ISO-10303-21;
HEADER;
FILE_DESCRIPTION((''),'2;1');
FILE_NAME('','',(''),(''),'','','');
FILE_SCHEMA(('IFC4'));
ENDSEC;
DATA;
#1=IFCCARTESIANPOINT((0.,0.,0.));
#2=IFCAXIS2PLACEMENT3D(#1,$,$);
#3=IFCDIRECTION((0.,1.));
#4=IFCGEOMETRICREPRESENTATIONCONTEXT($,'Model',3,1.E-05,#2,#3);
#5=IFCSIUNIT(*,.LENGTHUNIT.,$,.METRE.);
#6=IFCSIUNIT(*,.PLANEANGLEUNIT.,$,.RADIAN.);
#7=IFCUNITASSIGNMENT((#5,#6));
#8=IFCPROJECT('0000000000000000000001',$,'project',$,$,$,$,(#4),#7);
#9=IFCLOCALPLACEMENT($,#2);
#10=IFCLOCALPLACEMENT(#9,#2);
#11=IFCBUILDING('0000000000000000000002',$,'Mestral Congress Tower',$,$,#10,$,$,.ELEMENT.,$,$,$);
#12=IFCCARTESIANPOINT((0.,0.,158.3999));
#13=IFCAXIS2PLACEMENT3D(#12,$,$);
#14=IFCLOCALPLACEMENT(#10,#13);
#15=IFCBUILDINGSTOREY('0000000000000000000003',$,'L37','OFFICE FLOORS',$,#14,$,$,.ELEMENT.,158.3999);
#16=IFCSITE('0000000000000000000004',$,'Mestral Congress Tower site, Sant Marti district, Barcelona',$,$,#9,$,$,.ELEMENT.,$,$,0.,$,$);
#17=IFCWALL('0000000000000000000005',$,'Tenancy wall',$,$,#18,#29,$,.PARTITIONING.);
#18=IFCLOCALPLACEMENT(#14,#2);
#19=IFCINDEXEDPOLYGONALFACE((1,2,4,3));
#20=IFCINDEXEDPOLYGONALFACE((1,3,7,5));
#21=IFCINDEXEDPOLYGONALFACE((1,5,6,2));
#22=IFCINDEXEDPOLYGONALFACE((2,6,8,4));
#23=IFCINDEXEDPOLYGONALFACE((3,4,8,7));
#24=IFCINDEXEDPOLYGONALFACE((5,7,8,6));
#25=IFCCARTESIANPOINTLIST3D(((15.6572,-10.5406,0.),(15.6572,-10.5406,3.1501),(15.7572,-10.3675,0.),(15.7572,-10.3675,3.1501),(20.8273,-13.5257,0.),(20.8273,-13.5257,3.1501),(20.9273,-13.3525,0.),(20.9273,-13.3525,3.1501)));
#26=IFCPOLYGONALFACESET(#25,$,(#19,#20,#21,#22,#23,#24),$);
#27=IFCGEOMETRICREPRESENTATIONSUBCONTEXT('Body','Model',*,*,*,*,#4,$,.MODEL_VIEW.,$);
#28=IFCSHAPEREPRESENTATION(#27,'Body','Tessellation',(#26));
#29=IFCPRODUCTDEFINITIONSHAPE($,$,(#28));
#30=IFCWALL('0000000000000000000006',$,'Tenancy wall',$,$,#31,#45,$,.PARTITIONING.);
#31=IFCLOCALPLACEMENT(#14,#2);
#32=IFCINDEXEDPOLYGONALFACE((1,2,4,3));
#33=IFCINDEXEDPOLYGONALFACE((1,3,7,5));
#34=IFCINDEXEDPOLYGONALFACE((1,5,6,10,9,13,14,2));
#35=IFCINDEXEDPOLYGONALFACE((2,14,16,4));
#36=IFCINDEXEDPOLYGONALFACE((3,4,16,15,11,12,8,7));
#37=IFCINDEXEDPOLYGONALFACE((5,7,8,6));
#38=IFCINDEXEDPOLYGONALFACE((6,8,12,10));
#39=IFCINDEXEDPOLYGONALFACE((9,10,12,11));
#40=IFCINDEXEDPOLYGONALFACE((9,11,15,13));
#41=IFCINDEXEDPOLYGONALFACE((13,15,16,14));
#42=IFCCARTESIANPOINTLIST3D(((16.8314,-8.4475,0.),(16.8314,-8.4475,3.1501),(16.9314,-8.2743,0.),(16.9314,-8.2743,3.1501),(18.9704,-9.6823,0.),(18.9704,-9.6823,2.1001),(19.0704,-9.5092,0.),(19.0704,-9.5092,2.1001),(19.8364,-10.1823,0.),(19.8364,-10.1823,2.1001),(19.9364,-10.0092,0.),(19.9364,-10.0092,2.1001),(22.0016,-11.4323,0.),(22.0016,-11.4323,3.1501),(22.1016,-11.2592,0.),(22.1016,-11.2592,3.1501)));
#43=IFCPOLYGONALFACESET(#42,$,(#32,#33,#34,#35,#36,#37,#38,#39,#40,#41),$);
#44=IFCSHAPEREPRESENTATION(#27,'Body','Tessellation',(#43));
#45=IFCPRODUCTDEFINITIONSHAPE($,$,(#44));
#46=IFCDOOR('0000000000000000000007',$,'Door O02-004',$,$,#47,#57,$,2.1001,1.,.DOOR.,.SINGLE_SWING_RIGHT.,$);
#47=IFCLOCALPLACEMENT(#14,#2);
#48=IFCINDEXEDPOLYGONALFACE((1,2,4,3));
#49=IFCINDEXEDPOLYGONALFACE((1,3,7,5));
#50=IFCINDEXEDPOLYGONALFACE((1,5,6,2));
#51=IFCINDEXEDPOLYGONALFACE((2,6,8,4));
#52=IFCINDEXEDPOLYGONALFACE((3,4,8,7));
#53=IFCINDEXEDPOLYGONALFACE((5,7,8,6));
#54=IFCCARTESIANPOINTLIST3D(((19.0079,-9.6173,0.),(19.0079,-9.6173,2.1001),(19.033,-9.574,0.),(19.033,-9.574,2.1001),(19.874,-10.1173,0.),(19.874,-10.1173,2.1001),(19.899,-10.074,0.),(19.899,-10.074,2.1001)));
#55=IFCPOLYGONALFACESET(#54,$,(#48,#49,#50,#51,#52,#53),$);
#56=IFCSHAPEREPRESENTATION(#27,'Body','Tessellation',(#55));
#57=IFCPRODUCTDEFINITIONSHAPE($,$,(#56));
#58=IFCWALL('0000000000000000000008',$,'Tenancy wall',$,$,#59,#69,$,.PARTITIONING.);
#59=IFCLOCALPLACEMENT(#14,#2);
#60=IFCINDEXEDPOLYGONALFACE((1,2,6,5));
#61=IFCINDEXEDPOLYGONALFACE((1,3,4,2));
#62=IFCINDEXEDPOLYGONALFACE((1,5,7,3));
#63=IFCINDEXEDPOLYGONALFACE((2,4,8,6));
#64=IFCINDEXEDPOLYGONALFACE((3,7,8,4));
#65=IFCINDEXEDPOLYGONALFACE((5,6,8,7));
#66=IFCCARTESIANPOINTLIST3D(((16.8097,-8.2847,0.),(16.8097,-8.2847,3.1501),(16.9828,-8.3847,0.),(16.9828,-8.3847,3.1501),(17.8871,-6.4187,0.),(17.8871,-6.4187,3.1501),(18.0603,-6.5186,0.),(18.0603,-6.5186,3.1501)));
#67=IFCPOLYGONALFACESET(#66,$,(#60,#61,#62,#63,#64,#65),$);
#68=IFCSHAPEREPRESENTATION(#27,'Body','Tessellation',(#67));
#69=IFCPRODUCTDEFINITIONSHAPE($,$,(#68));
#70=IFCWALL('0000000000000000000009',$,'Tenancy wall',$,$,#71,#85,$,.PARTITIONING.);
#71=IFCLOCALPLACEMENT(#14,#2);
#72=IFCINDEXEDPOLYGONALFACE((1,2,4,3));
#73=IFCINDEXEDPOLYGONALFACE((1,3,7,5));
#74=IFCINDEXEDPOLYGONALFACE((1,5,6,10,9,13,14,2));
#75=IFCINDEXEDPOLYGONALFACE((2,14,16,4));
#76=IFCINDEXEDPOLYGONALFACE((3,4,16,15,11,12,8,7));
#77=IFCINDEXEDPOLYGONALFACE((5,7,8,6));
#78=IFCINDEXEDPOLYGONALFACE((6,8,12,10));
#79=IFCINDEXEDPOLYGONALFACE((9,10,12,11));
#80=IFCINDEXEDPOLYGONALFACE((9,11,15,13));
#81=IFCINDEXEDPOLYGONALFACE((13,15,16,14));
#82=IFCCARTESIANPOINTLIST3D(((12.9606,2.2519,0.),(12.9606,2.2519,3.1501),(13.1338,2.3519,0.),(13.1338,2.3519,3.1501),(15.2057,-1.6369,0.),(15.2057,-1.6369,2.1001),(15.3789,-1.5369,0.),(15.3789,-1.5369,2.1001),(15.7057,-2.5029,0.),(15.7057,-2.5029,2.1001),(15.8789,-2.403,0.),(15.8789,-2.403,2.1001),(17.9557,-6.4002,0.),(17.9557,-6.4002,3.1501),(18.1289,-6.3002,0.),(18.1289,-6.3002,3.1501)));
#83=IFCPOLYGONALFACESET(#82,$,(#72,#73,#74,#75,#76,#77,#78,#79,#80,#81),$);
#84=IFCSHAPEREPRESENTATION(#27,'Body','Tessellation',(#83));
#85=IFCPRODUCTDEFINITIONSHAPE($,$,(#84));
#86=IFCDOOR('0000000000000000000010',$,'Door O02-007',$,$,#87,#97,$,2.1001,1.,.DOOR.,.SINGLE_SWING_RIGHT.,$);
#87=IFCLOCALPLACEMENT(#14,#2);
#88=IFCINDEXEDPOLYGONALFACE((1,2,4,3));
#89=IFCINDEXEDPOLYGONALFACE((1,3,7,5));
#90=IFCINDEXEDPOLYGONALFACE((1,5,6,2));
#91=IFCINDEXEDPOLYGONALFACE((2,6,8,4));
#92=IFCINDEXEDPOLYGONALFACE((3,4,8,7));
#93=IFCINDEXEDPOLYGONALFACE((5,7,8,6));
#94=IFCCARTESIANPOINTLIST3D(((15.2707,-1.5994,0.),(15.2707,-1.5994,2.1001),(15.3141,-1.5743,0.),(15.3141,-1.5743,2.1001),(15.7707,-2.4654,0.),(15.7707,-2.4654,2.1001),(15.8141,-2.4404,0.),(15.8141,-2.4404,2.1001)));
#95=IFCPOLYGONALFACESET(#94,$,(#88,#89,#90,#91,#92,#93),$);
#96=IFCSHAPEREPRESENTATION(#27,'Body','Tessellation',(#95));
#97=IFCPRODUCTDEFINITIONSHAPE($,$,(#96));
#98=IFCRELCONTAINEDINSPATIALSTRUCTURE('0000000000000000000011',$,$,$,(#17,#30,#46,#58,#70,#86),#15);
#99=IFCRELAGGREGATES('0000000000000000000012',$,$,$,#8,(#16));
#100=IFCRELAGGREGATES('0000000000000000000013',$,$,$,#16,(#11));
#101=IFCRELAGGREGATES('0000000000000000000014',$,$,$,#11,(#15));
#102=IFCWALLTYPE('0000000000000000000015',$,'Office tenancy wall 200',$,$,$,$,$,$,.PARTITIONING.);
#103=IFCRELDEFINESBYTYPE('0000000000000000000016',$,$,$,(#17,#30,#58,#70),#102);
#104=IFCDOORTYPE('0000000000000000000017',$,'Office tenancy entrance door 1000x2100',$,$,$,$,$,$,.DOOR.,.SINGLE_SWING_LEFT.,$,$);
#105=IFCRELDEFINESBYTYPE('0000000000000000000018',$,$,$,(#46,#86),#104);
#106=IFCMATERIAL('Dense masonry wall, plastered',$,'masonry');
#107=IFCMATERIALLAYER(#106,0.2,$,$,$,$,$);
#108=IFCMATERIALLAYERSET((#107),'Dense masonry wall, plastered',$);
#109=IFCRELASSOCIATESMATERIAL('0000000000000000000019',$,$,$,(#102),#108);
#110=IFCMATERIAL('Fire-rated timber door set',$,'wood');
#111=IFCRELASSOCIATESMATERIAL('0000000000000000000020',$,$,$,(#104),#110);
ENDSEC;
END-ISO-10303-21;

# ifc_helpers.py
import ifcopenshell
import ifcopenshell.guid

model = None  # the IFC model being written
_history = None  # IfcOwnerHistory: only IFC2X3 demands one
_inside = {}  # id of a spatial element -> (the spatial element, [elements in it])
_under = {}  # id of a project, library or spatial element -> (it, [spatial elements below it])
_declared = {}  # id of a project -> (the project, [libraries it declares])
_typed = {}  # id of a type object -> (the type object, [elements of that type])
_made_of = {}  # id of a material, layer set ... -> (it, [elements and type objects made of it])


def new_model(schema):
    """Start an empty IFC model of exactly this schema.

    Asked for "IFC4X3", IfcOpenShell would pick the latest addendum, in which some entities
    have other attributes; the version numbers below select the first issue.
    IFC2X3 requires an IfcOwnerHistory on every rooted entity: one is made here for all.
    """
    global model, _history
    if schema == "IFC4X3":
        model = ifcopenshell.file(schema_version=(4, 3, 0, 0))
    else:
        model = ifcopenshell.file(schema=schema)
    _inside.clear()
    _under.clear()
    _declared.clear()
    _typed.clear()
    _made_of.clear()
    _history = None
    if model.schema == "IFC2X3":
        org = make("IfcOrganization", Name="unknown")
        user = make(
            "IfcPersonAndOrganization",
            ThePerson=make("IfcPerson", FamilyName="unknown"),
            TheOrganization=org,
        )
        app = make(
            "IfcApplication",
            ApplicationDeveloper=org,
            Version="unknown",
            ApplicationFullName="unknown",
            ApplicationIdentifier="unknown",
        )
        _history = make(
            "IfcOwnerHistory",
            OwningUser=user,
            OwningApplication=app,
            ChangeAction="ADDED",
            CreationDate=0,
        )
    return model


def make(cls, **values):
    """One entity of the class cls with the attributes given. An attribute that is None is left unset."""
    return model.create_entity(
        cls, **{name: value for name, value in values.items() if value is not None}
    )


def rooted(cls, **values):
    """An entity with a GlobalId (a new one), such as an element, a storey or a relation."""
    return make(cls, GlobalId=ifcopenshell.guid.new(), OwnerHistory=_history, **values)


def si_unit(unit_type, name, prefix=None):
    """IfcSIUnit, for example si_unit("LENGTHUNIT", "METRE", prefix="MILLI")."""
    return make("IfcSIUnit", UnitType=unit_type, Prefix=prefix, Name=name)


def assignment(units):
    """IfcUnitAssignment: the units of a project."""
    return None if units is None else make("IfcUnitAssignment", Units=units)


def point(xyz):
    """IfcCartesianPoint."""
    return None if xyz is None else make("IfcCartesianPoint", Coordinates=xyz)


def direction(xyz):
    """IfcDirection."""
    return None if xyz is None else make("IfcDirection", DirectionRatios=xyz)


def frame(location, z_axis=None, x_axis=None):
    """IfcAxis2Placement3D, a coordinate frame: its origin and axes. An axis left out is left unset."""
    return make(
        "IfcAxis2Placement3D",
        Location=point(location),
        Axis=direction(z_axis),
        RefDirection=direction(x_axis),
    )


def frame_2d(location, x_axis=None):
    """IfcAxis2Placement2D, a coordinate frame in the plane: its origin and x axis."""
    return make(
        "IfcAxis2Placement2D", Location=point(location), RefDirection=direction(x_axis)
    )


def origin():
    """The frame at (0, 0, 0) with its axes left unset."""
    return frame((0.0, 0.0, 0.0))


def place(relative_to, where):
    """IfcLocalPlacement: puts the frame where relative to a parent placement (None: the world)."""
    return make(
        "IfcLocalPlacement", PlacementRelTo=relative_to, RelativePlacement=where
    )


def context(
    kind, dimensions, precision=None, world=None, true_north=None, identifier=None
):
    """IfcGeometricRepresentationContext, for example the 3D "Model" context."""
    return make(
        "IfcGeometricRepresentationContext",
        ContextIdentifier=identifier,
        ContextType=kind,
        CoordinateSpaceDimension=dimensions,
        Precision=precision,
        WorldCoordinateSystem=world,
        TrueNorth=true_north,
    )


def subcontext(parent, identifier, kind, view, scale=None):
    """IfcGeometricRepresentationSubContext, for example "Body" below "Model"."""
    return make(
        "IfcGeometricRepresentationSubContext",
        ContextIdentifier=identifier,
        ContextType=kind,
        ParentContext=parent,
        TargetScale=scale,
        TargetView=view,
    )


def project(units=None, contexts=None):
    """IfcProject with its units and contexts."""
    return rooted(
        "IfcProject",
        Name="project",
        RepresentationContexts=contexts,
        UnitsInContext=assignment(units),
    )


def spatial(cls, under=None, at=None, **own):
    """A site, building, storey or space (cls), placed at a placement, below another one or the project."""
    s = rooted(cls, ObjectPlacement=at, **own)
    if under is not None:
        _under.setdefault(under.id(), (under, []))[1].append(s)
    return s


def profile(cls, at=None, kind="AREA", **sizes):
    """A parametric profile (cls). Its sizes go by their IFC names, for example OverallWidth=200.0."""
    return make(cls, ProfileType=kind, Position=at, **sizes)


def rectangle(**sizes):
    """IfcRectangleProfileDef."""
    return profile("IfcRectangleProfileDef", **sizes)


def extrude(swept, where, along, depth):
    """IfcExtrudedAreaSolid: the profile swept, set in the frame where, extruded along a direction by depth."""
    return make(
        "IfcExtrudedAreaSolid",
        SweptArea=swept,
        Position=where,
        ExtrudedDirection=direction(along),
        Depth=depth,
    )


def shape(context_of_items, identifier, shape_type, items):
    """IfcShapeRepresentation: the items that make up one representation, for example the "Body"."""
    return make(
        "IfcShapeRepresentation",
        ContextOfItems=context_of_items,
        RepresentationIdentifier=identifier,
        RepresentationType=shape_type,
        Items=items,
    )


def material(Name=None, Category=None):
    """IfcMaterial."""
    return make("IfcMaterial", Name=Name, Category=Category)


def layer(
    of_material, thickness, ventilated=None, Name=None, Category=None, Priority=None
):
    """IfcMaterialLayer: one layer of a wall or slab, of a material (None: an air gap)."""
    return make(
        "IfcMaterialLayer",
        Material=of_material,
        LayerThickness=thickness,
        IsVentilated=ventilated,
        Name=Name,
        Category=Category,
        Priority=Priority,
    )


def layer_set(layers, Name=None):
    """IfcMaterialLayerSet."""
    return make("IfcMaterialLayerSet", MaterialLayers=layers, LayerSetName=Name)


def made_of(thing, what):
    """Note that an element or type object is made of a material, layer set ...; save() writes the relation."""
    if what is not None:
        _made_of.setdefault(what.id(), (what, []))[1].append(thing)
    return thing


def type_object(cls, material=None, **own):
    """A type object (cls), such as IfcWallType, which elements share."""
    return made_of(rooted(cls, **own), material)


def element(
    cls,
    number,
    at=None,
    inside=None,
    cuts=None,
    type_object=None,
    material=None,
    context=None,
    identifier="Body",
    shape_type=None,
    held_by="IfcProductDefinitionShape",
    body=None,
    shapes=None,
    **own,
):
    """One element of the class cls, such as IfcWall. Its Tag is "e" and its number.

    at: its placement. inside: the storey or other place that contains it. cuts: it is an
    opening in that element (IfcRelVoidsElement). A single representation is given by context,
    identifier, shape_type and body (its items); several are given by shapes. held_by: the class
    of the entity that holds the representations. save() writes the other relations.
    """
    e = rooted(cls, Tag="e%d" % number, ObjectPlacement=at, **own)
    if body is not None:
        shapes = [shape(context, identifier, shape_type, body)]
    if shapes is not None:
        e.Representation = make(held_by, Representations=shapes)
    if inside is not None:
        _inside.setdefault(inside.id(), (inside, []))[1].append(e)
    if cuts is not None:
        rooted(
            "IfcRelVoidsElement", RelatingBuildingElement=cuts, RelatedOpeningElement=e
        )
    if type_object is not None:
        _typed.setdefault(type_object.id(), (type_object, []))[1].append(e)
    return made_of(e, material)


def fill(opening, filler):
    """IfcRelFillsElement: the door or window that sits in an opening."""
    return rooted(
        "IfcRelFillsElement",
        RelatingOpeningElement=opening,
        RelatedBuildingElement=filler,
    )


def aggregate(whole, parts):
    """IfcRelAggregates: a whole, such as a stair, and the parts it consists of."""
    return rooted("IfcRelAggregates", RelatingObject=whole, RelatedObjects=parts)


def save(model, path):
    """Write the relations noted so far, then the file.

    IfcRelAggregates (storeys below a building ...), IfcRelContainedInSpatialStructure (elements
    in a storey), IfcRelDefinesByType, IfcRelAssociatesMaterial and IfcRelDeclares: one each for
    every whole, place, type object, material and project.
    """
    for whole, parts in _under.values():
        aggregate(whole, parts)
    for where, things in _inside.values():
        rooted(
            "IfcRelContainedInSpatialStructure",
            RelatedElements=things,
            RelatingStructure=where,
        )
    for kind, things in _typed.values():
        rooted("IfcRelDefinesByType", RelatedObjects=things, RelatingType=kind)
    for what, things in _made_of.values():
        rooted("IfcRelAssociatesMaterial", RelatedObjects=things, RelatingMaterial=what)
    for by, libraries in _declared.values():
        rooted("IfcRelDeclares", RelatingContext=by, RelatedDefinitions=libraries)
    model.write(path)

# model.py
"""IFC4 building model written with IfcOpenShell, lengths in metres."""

from ifc_helpers import new_model, si_unit, direction, frame, frame_2d, origin, place, context, subcontext, project, spatial, rectangle, extrude, material, layer, layer_set, type_object, element, fill, save


model = new_model("IFC4")

# Units and contexts
model_context = context("Model", 3, precision=1e-05, world=origin(), true_north=direction((0.0, 1.0)))
body_context = subcontext(model_context, "Body", "Model", "MODEL_VIEW")
ifc_project = project(units=[si_unit("LENGTHUNIT", "METRE"), si_unit("PLANEANGLEUNIT", "RADIAN")], contexts=[model_context])

# Site, building, storey
site_placement = place(None, origin())
site = spatial("IfcSite", under=ifc_project, at=site_placement, Name="Mestral Congress Tower site, Sant Marti district, Barcelona", CompositionType="ELEMENT", RefElevation=0.0)
building_placement = place(site_placement, origin())
building = spatial("IfcBuilding", under=site, at=building_placement, Name="Mestral Congress Tower", CompositionType="ELEMENT")
storey_placement = place(building_placement, frame((0.0, 0.0, 158.3999)))
storey = spatial("IfcBuildingStorey", under=building, at=storey_placement, Name="L37", Description="OFFICE FLOORS", CompositionType="ELEMENT", Elevation=158.3999)

# Wall
ifc_material_1 = material(Name="Dense masonry wall, plastered", Category="masonry")
ifc_layer_1 = layer(ifc_material_1, 0.2)
ifc_layer_set_1 = layer_set([ifc_layer_1], Name="Dense masonry wall, plastered")
wall_type_1 = type_object("IfcWallType", Name="Office tenancy wall 200", PredefinedType="PARTITIONING", material=ifc_layer_set_1)
wall_1_placement = place(storey_placement, frame((15.7073, -10.4541, 0.0), z_axis=(0.0, 0.0, 1.0), x_axis=(0.866017, -0.500014, 0.0)))
element("IfcWall", 1, at=wall_1_placement, inside=storey, type_object=wall_type_1, Name="Tenancy wall", PredefinedType="PARTITIONING", context=body_context, shape_type="SweptSolid", body=[
    extrude(rectangle(XDim=5.97, YDim=0.2, at=frame_2d((2.9849, 0.0))), origin(), (0.0, 0.0, 1.0), 3.1501),
])

# Wall, opening, door
wall_2_placement = place(storey_placement, frame((22.0515, -11.3457, 0.0), z_axis=(0.0, 0.0, 1.0), x_axis=(-0.866035, 0.499983, 0.0)))
wall_2 = element("IfcWall", 2, at=wall_2_placement, inside=storey, type_object=wall_type_1, Name="Tenancy wall", PredefinedType="PARTITIONING", context=body_context, shape_type="SweptSolid", body=[
    extrude(rectangle(XDim=5.97, YDim=0.2, at=frame_2d((2.9849, 0.0))), origin(), (0.0, 0.0, 1.0), 3.1501),
])
opening_1_placement = place(wall_2_placement, frame((2.5, 0.0, 0.0)))
opening_1 = element("IfcOpeningElement", 3, at=opening_1_placement, cuts=wall_2, PredefinedType="OPENING", context=body_context, shape_type="SweptSolid", body=[
    extrude(rectangle(XDim=1.0, YDim=2.1001, at=frame_2d((0.5, 1.05))), frame((0.0, 0.1099, 0.0), z_axis=(0.0, -1.0, 0.0), x_axis=(1.0, 0.0, 0.0)), (0.0, 0.0, 1.0), 0.22),
])
ifc_material_2 = material(Name="Fire-rated timber door set", Category="wood")
door_type = type_object("IfcDoorType", Name="Office tenancy entrance door 1000x2100", OperationType="SINGLE_SWING_LEFT", PredefinedType="DOOR", material=ifc_material_2)
door_1_placement = place(opening_1_placement, origin())
door_1 = element("IfcDoor", 4, at=door_1_placement, inside=storey, type_object=door_type, Name="Door O02-004", OperationType="SINGLE_SWING_RIGHT", OverallHeight=2.1001, OverallWidth=1.0, PredefinedType="DOOR", context=body_context, shape_type="SweptSolid", body=[
    extrude(rectangle(XDim=1.0, YDim=2.1001, at=frame_2d((0.5, 1.05))), frame((0.0, 0.0249, 0.0), z_axis=(0.0, -1.0, 0.0), x_axis=(1.0, 0.0, 0.0)), (0.0, 0.0, 1.0), 0.05),
])
fill(opening_1, door_1)

# Wall
wall_3_placement = place(storey_placement, frame((16.8962, -8.3347, 0.0), z_axis=(0.0, 0.0, 1.0), x_axis=(0.500027, 0.86601, 0.0)))
element("IfcWall", 5, at=wall_3_placement, inside=storey, type_object=wall_type_1, Name="Tenancy wall", PredefinedType="PARTITIONING", context=body_context, shape_type="SweptSolid", body=[
    extrude(rectangle(XDim=2.1548, YDim=0.2, at=frame_2d((1.0774, 0.0))), origin(), (0.0, 0.0, 1.0), 3.1501),
])

# Wall, opening, door
wall_4_placement = place(storey_placement, frame((18.0422, -6.3501, 0.0), z_axis=(0.0, 0.0, 1.0), x_axis=(-0.499987, 0.866033, 0.0)))
wall_4 = element("IfcWall", 6, at=wall_4_placement, inside=storey, type_object=wall_type_1, Name="Tenancy wall", PredefinedType="PARTITIONING", context=body_context, shape_type="SweptSolid", body=[
    extrude(rectangle(XDim=9.9905, YDim=0.2, at=frame_2d((4.9951, 0.0))), origin(), (0.0, 0.0, 1.0), 3.1501),
])
opening_2_placement = place(wall_4_placement, frame((4.5, 0.0, 0.0)))
opening_2 = element("IfcOpeningElement", 7, at=opening_2_placement, cuts=wall_4, PredefinedType="OPENING", context=body_context, shape_type="SweptSolid", body=[
    extrude(rectangle(XDim=1.0, YDim=2.1001, at=frame_2d((0.5, 1.05))), frame((0.0, 0.1099, 0.0), z_axis=(0.0, -1.0, 0.0), x_axis=(1.0, 0.0, 0.0)), (0.0, 0.0, 1.0), 0.22),
])
door_2_placement = place(opening_2_placement, origin())
door_2 = element("IfcDoor", 8, at=door_2_placement, inside=storey, type_object=door_type, Name="Door O02-007", OperationType="SINGLE_SWING_RIGHT", OverallHeight=2.1001, OverallWidth=1.0, PredefinedType="DOOR", context=body_context, shape_type="SweptSolid", body=[
    extrude(rectangle(XDim=1.0, YDim=2.1001, at=frame_2d((0.5, 1.05))), frame((0.0, 0.0249, 0.0), z_axis=(0.0, -1.0, 0.0), x_axis=(1.0, 0.0, 0.0)), (0.0, 0.0, 1.0), 0.05),
])
fill(opening_2, door_2)

save(model, "model.ifc")
